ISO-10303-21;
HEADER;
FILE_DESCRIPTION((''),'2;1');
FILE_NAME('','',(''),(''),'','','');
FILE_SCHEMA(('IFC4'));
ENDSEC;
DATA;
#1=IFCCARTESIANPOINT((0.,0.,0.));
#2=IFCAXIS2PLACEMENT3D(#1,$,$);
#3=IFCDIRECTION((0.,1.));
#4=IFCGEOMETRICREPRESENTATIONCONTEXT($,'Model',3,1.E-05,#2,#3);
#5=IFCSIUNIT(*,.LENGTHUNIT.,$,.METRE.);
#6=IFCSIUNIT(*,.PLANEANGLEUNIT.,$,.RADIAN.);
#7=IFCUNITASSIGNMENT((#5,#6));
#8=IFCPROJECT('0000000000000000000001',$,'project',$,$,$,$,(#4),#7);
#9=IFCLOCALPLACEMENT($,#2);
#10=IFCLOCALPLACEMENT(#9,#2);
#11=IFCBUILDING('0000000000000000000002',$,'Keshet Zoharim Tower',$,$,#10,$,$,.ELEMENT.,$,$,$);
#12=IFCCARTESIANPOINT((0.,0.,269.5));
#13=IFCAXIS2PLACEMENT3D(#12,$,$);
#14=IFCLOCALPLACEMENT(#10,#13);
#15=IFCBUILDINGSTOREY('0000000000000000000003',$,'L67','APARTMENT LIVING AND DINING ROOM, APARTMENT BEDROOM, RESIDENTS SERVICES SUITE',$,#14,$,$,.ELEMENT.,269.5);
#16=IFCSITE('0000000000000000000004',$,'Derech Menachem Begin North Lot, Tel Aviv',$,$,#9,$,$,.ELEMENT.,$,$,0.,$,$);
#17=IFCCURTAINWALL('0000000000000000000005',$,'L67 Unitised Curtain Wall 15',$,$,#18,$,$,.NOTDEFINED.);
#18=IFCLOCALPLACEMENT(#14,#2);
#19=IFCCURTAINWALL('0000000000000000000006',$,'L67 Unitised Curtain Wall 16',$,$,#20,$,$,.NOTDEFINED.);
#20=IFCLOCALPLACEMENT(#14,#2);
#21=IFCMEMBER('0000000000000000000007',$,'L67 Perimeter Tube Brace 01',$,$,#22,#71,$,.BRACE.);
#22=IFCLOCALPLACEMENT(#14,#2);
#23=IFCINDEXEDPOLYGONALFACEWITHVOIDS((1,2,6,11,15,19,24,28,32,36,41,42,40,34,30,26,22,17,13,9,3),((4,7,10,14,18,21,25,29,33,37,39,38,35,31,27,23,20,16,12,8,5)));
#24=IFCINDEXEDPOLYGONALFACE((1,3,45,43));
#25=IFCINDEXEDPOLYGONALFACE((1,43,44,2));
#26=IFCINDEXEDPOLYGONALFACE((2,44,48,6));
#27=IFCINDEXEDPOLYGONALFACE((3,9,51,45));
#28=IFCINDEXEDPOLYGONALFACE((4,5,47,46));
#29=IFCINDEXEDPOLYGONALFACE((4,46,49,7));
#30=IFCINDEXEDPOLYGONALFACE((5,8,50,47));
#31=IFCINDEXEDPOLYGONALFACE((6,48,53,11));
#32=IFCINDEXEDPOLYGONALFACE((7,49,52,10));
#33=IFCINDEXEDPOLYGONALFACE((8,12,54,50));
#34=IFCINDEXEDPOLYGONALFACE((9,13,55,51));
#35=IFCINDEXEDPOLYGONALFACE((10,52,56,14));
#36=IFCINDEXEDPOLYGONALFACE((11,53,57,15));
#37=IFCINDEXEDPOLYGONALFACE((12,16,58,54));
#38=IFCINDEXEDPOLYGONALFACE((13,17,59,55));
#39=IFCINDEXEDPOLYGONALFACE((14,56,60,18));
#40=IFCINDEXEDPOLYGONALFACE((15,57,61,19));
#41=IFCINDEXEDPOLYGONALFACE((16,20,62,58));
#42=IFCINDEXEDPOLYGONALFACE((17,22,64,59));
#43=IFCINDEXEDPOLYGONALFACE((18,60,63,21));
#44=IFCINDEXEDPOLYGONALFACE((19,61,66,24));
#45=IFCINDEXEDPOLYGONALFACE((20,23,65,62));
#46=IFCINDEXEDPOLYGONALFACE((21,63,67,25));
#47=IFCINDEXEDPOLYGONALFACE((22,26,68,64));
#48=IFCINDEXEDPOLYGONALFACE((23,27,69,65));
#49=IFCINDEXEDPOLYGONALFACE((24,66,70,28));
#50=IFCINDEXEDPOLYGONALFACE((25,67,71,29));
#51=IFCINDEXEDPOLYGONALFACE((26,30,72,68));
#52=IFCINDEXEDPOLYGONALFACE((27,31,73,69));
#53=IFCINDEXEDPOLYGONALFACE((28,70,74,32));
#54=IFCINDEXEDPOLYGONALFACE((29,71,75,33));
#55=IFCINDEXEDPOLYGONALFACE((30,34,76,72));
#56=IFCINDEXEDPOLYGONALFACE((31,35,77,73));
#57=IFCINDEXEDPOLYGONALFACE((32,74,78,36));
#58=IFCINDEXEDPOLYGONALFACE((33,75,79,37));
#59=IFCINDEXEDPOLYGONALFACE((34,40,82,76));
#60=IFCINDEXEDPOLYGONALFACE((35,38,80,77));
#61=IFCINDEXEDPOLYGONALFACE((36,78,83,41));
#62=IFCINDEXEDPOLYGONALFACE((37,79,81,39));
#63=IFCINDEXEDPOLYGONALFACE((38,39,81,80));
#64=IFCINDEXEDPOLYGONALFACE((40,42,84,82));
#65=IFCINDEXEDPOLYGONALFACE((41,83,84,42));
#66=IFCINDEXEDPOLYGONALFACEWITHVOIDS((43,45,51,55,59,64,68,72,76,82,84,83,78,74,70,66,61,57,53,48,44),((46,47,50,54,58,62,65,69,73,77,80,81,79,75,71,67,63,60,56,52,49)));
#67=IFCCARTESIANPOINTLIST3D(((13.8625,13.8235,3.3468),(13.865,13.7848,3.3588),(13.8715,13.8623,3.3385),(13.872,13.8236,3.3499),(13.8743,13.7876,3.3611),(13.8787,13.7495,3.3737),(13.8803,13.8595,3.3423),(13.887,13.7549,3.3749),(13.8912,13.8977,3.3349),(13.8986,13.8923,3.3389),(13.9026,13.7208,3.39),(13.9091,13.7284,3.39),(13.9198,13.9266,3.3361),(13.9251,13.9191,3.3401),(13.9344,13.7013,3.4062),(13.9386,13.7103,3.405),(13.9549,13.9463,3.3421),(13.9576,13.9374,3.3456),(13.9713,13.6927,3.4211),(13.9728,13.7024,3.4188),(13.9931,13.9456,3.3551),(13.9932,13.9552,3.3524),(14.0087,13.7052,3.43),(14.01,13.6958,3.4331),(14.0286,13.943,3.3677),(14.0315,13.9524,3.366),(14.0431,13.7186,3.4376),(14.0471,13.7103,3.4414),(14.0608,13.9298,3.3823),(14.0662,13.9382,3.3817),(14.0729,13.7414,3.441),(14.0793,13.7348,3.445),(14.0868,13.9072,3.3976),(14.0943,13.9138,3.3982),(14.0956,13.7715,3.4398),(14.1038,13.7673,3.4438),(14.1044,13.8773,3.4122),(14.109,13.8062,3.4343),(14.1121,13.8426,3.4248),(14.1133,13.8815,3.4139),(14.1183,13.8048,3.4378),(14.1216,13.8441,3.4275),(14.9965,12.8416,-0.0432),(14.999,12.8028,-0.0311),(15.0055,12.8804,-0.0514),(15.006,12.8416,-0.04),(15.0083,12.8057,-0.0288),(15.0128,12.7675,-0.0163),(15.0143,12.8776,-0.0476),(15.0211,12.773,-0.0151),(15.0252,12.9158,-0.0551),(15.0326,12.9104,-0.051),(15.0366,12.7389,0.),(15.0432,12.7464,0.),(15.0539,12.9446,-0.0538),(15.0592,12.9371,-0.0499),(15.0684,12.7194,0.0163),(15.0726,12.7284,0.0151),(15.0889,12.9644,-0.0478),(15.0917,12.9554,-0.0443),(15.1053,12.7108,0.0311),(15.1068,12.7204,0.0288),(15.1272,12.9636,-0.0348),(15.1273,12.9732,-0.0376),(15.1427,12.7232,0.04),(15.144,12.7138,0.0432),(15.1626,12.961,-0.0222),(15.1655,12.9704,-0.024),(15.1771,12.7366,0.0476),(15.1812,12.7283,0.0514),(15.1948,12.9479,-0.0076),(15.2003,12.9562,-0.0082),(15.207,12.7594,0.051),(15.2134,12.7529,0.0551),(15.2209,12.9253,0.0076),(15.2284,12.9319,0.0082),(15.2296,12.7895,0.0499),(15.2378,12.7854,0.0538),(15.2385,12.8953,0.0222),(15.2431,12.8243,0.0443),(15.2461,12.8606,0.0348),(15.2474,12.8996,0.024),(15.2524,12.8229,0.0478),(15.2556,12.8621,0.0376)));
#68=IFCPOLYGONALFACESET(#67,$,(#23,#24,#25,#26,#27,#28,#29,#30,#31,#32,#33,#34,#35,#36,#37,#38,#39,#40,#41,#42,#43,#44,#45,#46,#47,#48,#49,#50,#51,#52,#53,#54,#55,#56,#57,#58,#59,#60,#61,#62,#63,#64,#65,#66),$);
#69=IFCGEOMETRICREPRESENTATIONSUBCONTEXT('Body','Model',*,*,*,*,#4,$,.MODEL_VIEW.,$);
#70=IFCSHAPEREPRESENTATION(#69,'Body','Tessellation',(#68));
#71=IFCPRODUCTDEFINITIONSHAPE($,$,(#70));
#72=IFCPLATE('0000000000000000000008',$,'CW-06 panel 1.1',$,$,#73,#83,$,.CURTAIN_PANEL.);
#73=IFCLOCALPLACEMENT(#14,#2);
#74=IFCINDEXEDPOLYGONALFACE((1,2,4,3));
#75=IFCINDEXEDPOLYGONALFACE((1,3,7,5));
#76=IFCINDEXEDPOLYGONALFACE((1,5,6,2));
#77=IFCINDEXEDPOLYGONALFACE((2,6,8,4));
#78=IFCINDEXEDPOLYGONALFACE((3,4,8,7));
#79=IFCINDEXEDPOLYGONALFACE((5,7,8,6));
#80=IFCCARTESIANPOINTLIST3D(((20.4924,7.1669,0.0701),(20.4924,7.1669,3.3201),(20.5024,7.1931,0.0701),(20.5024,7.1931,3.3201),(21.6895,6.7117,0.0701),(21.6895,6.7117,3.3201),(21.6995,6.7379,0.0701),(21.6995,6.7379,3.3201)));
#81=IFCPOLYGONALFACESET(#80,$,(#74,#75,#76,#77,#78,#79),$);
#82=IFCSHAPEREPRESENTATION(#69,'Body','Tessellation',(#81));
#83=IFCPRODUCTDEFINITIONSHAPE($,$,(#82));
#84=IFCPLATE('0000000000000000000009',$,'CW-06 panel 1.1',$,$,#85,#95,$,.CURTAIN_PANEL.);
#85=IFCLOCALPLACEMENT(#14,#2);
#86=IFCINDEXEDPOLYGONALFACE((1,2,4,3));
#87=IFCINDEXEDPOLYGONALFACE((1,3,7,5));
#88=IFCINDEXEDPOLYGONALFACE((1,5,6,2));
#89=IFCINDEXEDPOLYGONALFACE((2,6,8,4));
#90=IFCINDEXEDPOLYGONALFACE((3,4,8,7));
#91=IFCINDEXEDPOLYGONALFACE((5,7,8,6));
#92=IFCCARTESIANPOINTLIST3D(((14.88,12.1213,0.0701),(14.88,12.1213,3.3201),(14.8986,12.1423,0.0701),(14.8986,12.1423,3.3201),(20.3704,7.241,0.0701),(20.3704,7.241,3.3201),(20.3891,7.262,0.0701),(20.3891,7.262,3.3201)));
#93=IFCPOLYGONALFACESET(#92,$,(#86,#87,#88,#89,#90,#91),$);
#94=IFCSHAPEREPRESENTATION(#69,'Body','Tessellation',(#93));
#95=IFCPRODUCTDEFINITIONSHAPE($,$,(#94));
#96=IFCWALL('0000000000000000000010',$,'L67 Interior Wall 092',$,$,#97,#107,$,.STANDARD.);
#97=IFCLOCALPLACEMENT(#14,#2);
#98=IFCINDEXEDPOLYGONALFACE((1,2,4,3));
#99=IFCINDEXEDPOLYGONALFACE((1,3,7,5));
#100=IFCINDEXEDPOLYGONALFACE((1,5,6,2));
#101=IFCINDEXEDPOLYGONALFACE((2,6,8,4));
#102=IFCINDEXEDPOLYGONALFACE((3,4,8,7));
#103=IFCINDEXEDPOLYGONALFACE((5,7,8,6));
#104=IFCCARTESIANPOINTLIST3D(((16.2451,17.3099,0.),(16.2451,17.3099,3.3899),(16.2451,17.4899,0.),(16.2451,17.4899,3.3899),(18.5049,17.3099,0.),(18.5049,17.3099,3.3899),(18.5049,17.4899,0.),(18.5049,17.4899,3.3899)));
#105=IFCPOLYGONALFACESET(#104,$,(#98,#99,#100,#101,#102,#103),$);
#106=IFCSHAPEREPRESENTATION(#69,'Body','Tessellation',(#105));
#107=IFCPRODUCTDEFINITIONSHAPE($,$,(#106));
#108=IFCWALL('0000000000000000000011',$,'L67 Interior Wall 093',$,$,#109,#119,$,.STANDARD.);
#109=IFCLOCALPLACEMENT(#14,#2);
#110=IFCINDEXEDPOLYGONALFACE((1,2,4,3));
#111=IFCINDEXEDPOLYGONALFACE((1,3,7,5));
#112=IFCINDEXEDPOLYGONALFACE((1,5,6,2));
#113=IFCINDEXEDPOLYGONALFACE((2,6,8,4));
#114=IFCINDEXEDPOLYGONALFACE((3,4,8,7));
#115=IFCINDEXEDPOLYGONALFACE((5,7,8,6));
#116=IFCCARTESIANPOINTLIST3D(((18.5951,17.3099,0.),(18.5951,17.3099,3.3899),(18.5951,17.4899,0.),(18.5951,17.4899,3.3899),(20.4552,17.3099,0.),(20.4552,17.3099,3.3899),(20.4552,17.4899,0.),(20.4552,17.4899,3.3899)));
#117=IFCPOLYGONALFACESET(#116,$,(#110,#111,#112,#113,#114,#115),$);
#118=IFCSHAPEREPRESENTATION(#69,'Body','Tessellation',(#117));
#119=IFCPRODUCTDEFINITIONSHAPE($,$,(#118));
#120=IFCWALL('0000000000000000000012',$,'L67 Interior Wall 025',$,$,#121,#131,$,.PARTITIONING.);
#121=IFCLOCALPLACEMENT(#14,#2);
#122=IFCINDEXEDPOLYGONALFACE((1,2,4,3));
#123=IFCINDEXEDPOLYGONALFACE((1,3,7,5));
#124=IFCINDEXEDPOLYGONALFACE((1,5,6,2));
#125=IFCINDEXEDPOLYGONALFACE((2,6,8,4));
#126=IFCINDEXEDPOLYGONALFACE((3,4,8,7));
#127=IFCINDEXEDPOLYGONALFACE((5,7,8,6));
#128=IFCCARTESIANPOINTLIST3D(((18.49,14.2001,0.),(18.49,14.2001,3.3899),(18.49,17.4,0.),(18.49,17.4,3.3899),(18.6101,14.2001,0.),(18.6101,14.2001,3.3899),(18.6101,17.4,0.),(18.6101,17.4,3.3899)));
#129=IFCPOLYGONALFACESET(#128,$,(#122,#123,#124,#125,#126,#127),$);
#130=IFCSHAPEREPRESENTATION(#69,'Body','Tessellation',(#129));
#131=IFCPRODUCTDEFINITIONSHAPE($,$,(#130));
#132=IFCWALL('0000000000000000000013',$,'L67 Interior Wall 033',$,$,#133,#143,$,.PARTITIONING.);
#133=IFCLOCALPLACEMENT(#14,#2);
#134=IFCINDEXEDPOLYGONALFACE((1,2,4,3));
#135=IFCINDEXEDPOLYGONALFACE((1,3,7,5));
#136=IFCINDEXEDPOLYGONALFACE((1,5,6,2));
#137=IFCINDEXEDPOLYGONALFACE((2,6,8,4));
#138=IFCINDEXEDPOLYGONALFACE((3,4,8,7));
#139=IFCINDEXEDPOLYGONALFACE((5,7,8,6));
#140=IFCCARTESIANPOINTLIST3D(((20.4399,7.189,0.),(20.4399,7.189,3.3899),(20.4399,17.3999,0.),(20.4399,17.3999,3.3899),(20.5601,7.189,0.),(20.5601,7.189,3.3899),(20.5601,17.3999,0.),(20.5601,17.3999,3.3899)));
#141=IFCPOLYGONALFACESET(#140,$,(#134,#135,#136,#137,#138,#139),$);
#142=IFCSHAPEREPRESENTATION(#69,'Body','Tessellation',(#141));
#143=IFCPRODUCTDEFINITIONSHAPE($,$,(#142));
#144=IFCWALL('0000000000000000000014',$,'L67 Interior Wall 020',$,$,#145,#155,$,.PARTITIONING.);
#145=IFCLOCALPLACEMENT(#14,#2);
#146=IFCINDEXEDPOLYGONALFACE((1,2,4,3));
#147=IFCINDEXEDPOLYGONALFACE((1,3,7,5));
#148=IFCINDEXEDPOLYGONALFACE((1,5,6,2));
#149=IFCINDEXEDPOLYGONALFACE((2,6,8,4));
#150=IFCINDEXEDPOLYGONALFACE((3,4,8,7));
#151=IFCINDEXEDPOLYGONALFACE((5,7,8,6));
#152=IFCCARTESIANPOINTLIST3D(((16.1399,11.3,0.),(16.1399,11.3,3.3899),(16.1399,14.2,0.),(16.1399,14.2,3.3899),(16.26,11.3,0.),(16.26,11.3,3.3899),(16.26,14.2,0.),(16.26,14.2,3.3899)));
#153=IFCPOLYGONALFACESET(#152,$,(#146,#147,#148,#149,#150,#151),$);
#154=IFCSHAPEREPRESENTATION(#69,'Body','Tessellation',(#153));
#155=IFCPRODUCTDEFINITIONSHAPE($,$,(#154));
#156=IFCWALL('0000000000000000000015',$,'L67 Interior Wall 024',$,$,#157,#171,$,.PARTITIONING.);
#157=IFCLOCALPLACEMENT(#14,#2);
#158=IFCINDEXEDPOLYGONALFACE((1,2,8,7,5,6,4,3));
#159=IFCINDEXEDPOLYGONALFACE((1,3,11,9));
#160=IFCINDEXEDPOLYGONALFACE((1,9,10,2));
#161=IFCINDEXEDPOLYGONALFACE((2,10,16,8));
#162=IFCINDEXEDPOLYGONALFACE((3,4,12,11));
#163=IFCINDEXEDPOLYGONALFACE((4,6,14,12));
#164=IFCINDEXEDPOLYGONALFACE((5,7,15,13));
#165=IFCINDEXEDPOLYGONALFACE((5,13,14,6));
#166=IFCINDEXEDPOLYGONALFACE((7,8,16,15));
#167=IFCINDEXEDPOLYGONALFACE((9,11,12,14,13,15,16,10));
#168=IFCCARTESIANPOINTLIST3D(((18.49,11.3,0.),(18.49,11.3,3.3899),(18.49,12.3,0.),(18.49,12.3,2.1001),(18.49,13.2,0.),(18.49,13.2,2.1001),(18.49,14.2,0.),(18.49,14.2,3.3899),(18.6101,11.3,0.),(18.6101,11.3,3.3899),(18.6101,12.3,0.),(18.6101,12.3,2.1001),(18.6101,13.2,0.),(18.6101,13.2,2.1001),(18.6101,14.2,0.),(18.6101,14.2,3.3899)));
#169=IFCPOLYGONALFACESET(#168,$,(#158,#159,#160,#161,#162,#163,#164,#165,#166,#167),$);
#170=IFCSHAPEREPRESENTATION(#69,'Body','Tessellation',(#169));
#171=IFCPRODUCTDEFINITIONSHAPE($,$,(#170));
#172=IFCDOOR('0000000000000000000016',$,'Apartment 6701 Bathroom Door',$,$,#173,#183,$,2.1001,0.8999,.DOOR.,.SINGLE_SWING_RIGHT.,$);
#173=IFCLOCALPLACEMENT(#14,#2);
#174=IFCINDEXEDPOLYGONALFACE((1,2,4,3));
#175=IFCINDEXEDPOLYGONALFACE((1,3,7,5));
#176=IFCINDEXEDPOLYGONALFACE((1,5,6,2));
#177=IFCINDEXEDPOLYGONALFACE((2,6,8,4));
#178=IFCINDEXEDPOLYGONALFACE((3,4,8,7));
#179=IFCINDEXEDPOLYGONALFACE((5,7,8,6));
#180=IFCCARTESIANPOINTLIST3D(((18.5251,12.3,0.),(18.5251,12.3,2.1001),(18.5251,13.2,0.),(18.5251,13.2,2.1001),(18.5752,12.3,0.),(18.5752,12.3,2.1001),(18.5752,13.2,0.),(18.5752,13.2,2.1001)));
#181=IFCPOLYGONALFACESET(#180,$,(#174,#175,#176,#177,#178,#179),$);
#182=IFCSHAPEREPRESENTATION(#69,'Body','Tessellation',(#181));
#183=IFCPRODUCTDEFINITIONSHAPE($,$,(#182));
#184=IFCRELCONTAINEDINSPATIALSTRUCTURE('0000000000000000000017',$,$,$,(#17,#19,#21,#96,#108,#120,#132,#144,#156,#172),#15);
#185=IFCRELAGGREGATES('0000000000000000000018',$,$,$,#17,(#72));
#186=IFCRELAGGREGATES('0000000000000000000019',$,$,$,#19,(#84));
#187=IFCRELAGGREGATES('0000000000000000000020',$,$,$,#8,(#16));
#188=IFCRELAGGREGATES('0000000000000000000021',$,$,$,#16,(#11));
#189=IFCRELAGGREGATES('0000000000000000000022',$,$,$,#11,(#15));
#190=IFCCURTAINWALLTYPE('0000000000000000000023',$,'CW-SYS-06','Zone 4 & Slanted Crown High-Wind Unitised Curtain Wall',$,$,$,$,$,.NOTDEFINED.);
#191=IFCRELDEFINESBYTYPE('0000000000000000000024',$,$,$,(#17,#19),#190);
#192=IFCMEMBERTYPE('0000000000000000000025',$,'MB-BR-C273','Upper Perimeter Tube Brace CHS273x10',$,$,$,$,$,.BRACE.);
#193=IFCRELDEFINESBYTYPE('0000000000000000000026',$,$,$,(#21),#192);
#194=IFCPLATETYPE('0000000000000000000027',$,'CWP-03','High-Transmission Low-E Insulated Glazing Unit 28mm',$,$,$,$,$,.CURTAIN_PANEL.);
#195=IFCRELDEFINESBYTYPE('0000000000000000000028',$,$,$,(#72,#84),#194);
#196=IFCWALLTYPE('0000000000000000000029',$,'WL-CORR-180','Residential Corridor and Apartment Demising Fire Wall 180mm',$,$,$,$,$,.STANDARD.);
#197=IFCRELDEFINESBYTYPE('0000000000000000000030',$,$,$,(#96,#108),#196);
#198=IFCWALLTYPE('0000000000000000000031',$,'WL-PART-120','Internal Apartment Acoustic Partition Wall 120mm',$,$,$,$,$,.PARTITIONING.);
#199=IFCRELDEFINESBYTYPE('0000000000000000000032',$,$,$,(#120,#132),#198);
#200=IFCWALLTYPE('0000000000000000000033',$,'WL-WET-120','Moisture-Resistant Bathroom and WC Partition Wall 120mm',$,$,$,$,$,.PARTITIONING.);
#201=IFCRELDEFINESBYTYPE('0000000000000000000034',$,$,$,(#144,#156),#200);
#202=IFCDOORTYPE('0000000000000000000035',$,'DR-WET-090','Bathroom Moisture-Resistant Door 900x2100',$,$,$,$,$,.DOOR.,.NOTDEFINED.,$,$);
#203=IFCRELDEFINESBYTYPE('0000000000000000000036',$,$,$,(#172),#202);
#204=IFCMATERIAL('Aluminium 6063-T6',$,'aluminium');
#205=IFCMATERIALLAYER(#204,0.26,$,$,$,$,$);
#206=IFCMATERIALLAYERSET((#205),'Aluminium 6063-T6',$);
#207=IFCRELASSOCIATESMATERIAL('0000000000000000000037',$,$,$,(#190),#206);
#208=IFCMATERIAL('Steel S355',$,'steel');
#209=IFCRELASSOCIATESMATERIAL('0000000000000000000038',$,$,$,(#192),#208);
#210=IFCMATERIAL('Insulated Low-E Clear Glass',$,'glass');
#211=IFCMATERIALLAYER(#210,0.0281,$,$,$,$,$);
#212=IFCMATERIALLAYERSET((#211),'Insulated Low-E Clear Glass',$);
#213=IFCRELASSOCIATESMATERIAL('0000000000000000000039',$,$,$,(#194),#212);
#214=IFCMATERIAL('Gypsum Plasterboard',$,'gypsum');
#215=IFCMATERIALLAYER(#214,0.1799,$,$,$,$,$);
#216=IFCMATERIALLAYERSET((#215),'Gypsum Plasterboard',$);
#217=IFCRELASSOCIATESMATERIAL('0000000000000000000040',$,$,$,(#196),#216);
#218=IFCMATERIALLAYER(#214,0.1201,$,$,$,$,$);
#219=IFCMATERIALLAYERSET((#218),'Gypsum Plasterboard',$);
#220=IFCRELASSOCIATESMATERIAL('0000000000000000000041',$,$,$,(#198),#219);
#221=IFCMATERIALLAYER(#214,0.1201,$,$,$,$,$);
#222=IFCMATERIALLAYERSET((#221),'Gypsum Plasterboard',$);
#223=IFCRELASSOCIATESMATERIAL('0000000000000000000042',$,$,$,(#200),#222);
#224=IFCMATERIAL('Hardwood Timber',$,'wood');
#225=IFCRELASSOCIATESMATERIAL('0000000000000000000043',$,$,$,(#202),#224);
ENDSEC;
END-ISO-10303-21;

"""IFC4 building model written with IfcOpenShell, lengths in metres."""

from ifc_helpers import new_model, si_unit, direction, frame, frame_2d, origin, origin_2d, place, context, subcontext, project, spatial, rectangle, hollow_circle, extrude, material, layer, layer_set, material_profile, profile_set, type_object, element, fill, aggregate, save


model = new_model("IFC4")

# Units and contexts
model_context = context("Model", 3, precision=1e-05, world=origin(), true_north=direction((0.0, 1.0)))
body_context = subcontext(model_context, "Body", "Model", "MODEL_VIEW")
ifc_project = project(units=[si_unit("LENGTHUNIT", "METRE"), si_unit("PLANEANGLEUNIT", "RADIAN")], contexts=[model_context])

# Site, building, storey
site_placement = place(None, origin())
site = spatial("IfcSite", under=ifc_project, at=site_placement, Name="Derech Menachem Begin North Lot, Tel Aviv", CompositionType="ELEMENT", RefElevation=0.0)
building_placement = place(site_placement, origin())
building = spatial("IfcBuilding", under=site, at=building_placement, Name="Keshet Zoharim Tower", CompositionType="ELEMENT")
storey_placement = place(building_placement, frame((0.0, 0.0, 269.5)))
storey = spatial("IfcBuildingStorey", under=building, at=storey_placement, Name="L67", Description="APARTMENT LIVING AND DINING ROOM, APARTMENT BEDROOM, RESIDENTS SERVICES SUITE", CompositionType="ELEMENT", Elevation=269.5)

# Shared definitions
ifc_material_1 = material(Name="Steel S355", Category="steel")

# Curtain walls
ifc_material_2 = material(Name="Aluminium 6063-T6", Category="aluminium")
ifc_layer_1 = layer(ifc_material_2, 0.26)
ifc_layer_set_1 = layer_set([ifc_layer_1], Name="Aluminium 6063-T6")
curtain_wall_type = type_object("IfcCurtainWallType", Name="CW-SYS-06", Description="Zone 4 & Slanted Crown High-Wind Unitised Curtain Wall", PredefinedType="NOTDEFINED", material=ifc_layer_set_1)
curtain_wall_1_placement = place(storey_placement, origin())
curtain_wall_1 = element("IfcCurtainWall", 1, at=curtain_wall_1_placement, inside=storey, type_object=curtain_wall_type, Name="L67 Unitised Curtain Wall 15", PredefinedType="NOTDEFINED")
curtain_wall_2_placement = place(storey_placement, origin())
curtain_wall_2 = element("IfcCurtainWall", 2, at=curtain_wall_2_placement, inside=storey, type_object=curtain_wall_type, Name="L67 Unitised Curtain Wall 16", PredefinedType="NOTDEFINED")

# Member
ifc_material_profile_1 = material_profile(ifc_material_1, hollow_circle(Radius=0.1365, WallThickness=0.01, at=origin_2d()), Name="CHS273x10")
ifc_profile_set_1 = profile_set([ifc_material_profile_1], Name="Steel S355")
member_type_1 = type_object("IfcMemberType", Name="MB-BR-C273", Description="Upper Perimeter Tube Brace CHS273x10", PredefinedType="BRACE", material=ifc_profile_set_1)
member_1_placement = place(storey_placement, frame((15.126, 12.842, 0.0), z_axis=(-0.30592, 0.264889, 0.914466), x_axis=(-0.65459, -0.755984, 0.0)))
element("IfcMember", 3, at=member_1_placement, inside=storey, type_object=member_type_1, Name="L67 Perimeter Tube Brace 01", PredefinedType="BRACE", context=body_context, shape_type="SweptSolid", body=[
    extrude(hollow_circle(Radius=0.1365, WallThickness=0.01, at=origin_2d()), origin(), (0.0, 0.0, 1.0), 3.707),
])

# Plates
ifc_material_3 = material(Name="Insulated Low-E Clear Glass", Category="glass")
ifc_layer_2 = layer(ifc_material_3, 0.0281)
ifc_layer_set_2 = layer_set([ifc_layer_2], Name="Insulated Low-E Clear Glass")
plate_type = type_object("IfcPlateType", Name="CWP-03", Description="High-Transmission Low-E Insulated Glazing Unit 28mm", PredefinedType="CURTAIN_PANEL", material=ifc_layer_set_2)
plate_1_placement = place(storey_placement, frame((21.0959, 6.9524, 0.0701), z_axis=(0.0, 0.0, 1.0), x_axis=(-0.934699, 0.355439, 0.0)))
plate_1 = element("IfcPlate", 4, at=plate_1_placement, type_object=plate_type, Name="CW-06 panel 1.1", PredefinedType="CURTAIN_PANEL", context=body_context, shape_type="SweptSolid", body=[
    extrude(rectangle(XDim=1.2808, YDim=0.0281, at=origin_2d()), origin(), (0.0, 0.0, 1.0), 3.25),
])
aggregate(curtain_wall_1, [plate_1])
plate_2_placement = place(storey_placement, frame((17.6345, 9.6917, 0.0701), z_axis=(0.0, 0.0, 1.0), x_axis=(-0.747411, 0.664362, 0.0)))
plate_2 = element("IfcPlate", 5, at=plate_2_placement, type_object=plate_type, Name="CW-06 panel 1.1", PredefinedType="CURTAIN_PANEL", context=body_context, shape_type="SweptSolid", body=[
    extrude(rectangle(XDim=7.3459, YDim=0.0281, at=origin_2d()), origin(), (0.0, 0.0, 1.0), 3.25),
])
aggregate(curtain_wall_2, [plate_2])

# Shared definitions
ifc_material_4 = material(Name="Gypsum Plasterboard", Category="gypsum")
ifc_material_5 = material(Name="Hardwood Timber", Category="wood")

# Walls
ifc_layer_3 = layer(ifc_material_4, 0.1799)
ifc_layer_set_3 = layer_set([ifc_layer_3], Name="Gypsum Plasterboard")
wall_type_1 = type_object("IfcWallType", Name="WL-CORR-180", Description="Residential Corridor and Apartment Demising Fire Wall 180mm", PredefinedType="STANDARD", material=ifc_layer_set_3)
wall_1_placement = place(storey_placement, frame((16.2451, 17.3999, 0.0), z_axis=(0.0, 0.0, 1.0), x_axis=(1.0, 0.0, 0.0)))
element("IfcWall", 6, at=wall_1_placement, inside=storey, type_object=wall_type_1, Name="L67 Interior Wall 092", PredefinedType="STANDARD", context=body_context, shape_type="SweptSolid", body=[
    extrude(rectangle(XDim=2.2598, YDim=0.1799, at=frame_2d((1.1299, 0.0))), origin(), (0.0, 0.0, 1.0), 3.3899),
])
wall_2_placement = place(storey_placement, frame((18.595, 17.3999, 0.0), z_axis=(0.0, 0.0, 1.0), x_axis=(1.0, 0.0, 0.0)))
element("IfcWall", 7, at=wall_2_placement, inside=storey, type_object=wall_type_1, Name="L67 Interior Wall 093", PredefinedType="STANDARD", context=body_context, shape_type="SweptSolid", body=[
    extrude(rectangle(XDim=1.8601, YDim=0.1799, at=frame_2d((0.9302, 0.0))), origin(), (0.0, 0.0, 1.0), 3.3899),
])

# Shared definitions
ifc_layer_4 = layer(ifc_material_4, 0.1201)
ifc_layer_set_4 = layer_set([ifc_layer_4], Name="Gypsum Plasterboard")
wall_type_2 = type_object("IfcWallType", Name="WL-PART-120", Description="Internal Apartment Acoustic Partition Wall 120mm", PredefinedType="PARTITIONING", material=ifc_layer_set_4)

# Walls
wall_3_placement = place(storey_placement, frame((18.55, 14.2, 0.0), z_axis=(0.0, 0.0, 1.0), x_axis=(0.0, 1.0, 0.0)))
element("IfcWall", 8, at=wall_3_placement, inside=storey, type_object=wall_type_2, Name="L67 Interior Wall 025", PredefinedType="PARTITIONING", context=body_context, shape_type="SweptSolid", body=[
    extrude(rectangle(XDim=3.2, YDim=0.1201, at=frame_2d((1.6001, 0.0))), origin(), (0.0, 0.0, 1.0), 3.3899),
])
wall_4_placement = place(storey_placement, frame((20.5, 7.189, 0.0), z_axis=(0.0, 0.0, 1.0), x_axis=(0.0, 1.0, 0.0)))
element("IfcWall", 9, at=wall_4_placement, inside=storey, type_object=wall_type_2, Name="L67 Interior Wall 033", PredefinedType="PARTITIONING", context=body_context, shape_type="SweptSolid", body=[
    extrude(rectangle(XDim=10.2109, YDim=0.1201, at=frame_2d((5.1055, 0.0))), origin(), (0.0, 0.0, 1.0), 3.3899),
])
ifc_layer_5 = layer(ifc_material_4, 0.1201)
ifc_layer_set_5 = layer_set([ifc_layer_5], Name="Gypsum Plasterboard")
wall_type_3 = type_object("IfcWallType", Name="WL-WET-120", Description="Moisture-Resistant Bathroom and WC Partition Wall 120mm", PredefinedType="PARTITIONING", material=ifc_layer_set_5)
wall_5_placement = place(storey_placement, frame((16.2, 11.3, 0.0), z_axis=(0.0, 0.0, 1.0), x_axis=(0.0, 1.0, 0.0)))
element("IfcWall", 10, at=wall_5_placement, inside=storey, type_object=wall_type_3, Name="L67 Interior Wall 020", PredefinedType="PARTITIONING", context=body_context, shape_type="SweptSolid", body=[
    extrude(rectangle(XDim=2.8999, YDim=0.1201, at=frame_2d((1.45, 0.0))), origin(), (0.0, 0.0, 1.0), 3.3899),
])

# Wall, opening, door
wall_6_placement = place(storey_placement, frame((18.55, 11.3, 0.0), z_axis=(0.0, 0.0, 1.0), x_axis=(0.0, 1.0, 0.0)))
wall_6 = element("IfcWall", 11, at=wall_6_placement, inside=storey, type_object=wall_type_3, Name="L67 Interior Wall 024", PredefinedType="PARTITIONING", context=body_context, shape_type="SweptSolid", body=[
    extrude(rectangle(XDim=2.8999, YDim=0.1201, at=frame_2d((1.45, 0.0))), origin(), (0.0, 0.0, 1.0), 3.3899),
])
opening_1_placement = place(wall_6_placement, frame((1.0, 0.0, 0.0)))
opening_1 = element("IfcOpeningElement", 12, at=opening_1_placement, cuts=wall_6, PredefinedType="OPENING", context=body_context, shape_type="SweptSolid", body=[
    extrude(rectangle(XDim=0.8999, YDim=2.1001, at=frame_2d((0.45, 1.05))), frame((0.0, 0.0701, 0.0), z_axis=(0.0, -1.0, 0.0), x_axis=(1.0, 0.0, 0.0)), (0.0, 0.0, 1.0), 0.1401),
])
door_type_1 = type_object("IfcDoorType", Name="DR-WET-090", Description="Bathroom Moisture-Resistant Door 900x2100", OperationType="NOTDEFINED", PredefinedType="DOOR", material=ifc_material_5)
door_1_placement = place(opening_1_placement, origin())
door_1 = element("IfcDoor", 13, at=door_1_placement, inside=storey, type_object=door_type_1, Name="Apartment 6701 Bathroom Door", OperationType="SINGLE_SWING_RIGHT", OverallHeight=2.1001, OverallWidth=0.8999, PredefinedType="DOOR", context=body_context, shape_type="SweptSolid", body=[
    extrude(rectangle(XDim=0.8999, YDim=2.1001, at=frame_2d((0.45, 1.05))), frame((0.0, 0.0249, 0.0), z_axis=(0.0, -1.0, 0.0), x_axis=(1.0, 0.0, 0.0)), (0.0, 0.0, 1.0), 0.05),
])
fill(opening_1, door_1)

save(model, "model.ifc")
